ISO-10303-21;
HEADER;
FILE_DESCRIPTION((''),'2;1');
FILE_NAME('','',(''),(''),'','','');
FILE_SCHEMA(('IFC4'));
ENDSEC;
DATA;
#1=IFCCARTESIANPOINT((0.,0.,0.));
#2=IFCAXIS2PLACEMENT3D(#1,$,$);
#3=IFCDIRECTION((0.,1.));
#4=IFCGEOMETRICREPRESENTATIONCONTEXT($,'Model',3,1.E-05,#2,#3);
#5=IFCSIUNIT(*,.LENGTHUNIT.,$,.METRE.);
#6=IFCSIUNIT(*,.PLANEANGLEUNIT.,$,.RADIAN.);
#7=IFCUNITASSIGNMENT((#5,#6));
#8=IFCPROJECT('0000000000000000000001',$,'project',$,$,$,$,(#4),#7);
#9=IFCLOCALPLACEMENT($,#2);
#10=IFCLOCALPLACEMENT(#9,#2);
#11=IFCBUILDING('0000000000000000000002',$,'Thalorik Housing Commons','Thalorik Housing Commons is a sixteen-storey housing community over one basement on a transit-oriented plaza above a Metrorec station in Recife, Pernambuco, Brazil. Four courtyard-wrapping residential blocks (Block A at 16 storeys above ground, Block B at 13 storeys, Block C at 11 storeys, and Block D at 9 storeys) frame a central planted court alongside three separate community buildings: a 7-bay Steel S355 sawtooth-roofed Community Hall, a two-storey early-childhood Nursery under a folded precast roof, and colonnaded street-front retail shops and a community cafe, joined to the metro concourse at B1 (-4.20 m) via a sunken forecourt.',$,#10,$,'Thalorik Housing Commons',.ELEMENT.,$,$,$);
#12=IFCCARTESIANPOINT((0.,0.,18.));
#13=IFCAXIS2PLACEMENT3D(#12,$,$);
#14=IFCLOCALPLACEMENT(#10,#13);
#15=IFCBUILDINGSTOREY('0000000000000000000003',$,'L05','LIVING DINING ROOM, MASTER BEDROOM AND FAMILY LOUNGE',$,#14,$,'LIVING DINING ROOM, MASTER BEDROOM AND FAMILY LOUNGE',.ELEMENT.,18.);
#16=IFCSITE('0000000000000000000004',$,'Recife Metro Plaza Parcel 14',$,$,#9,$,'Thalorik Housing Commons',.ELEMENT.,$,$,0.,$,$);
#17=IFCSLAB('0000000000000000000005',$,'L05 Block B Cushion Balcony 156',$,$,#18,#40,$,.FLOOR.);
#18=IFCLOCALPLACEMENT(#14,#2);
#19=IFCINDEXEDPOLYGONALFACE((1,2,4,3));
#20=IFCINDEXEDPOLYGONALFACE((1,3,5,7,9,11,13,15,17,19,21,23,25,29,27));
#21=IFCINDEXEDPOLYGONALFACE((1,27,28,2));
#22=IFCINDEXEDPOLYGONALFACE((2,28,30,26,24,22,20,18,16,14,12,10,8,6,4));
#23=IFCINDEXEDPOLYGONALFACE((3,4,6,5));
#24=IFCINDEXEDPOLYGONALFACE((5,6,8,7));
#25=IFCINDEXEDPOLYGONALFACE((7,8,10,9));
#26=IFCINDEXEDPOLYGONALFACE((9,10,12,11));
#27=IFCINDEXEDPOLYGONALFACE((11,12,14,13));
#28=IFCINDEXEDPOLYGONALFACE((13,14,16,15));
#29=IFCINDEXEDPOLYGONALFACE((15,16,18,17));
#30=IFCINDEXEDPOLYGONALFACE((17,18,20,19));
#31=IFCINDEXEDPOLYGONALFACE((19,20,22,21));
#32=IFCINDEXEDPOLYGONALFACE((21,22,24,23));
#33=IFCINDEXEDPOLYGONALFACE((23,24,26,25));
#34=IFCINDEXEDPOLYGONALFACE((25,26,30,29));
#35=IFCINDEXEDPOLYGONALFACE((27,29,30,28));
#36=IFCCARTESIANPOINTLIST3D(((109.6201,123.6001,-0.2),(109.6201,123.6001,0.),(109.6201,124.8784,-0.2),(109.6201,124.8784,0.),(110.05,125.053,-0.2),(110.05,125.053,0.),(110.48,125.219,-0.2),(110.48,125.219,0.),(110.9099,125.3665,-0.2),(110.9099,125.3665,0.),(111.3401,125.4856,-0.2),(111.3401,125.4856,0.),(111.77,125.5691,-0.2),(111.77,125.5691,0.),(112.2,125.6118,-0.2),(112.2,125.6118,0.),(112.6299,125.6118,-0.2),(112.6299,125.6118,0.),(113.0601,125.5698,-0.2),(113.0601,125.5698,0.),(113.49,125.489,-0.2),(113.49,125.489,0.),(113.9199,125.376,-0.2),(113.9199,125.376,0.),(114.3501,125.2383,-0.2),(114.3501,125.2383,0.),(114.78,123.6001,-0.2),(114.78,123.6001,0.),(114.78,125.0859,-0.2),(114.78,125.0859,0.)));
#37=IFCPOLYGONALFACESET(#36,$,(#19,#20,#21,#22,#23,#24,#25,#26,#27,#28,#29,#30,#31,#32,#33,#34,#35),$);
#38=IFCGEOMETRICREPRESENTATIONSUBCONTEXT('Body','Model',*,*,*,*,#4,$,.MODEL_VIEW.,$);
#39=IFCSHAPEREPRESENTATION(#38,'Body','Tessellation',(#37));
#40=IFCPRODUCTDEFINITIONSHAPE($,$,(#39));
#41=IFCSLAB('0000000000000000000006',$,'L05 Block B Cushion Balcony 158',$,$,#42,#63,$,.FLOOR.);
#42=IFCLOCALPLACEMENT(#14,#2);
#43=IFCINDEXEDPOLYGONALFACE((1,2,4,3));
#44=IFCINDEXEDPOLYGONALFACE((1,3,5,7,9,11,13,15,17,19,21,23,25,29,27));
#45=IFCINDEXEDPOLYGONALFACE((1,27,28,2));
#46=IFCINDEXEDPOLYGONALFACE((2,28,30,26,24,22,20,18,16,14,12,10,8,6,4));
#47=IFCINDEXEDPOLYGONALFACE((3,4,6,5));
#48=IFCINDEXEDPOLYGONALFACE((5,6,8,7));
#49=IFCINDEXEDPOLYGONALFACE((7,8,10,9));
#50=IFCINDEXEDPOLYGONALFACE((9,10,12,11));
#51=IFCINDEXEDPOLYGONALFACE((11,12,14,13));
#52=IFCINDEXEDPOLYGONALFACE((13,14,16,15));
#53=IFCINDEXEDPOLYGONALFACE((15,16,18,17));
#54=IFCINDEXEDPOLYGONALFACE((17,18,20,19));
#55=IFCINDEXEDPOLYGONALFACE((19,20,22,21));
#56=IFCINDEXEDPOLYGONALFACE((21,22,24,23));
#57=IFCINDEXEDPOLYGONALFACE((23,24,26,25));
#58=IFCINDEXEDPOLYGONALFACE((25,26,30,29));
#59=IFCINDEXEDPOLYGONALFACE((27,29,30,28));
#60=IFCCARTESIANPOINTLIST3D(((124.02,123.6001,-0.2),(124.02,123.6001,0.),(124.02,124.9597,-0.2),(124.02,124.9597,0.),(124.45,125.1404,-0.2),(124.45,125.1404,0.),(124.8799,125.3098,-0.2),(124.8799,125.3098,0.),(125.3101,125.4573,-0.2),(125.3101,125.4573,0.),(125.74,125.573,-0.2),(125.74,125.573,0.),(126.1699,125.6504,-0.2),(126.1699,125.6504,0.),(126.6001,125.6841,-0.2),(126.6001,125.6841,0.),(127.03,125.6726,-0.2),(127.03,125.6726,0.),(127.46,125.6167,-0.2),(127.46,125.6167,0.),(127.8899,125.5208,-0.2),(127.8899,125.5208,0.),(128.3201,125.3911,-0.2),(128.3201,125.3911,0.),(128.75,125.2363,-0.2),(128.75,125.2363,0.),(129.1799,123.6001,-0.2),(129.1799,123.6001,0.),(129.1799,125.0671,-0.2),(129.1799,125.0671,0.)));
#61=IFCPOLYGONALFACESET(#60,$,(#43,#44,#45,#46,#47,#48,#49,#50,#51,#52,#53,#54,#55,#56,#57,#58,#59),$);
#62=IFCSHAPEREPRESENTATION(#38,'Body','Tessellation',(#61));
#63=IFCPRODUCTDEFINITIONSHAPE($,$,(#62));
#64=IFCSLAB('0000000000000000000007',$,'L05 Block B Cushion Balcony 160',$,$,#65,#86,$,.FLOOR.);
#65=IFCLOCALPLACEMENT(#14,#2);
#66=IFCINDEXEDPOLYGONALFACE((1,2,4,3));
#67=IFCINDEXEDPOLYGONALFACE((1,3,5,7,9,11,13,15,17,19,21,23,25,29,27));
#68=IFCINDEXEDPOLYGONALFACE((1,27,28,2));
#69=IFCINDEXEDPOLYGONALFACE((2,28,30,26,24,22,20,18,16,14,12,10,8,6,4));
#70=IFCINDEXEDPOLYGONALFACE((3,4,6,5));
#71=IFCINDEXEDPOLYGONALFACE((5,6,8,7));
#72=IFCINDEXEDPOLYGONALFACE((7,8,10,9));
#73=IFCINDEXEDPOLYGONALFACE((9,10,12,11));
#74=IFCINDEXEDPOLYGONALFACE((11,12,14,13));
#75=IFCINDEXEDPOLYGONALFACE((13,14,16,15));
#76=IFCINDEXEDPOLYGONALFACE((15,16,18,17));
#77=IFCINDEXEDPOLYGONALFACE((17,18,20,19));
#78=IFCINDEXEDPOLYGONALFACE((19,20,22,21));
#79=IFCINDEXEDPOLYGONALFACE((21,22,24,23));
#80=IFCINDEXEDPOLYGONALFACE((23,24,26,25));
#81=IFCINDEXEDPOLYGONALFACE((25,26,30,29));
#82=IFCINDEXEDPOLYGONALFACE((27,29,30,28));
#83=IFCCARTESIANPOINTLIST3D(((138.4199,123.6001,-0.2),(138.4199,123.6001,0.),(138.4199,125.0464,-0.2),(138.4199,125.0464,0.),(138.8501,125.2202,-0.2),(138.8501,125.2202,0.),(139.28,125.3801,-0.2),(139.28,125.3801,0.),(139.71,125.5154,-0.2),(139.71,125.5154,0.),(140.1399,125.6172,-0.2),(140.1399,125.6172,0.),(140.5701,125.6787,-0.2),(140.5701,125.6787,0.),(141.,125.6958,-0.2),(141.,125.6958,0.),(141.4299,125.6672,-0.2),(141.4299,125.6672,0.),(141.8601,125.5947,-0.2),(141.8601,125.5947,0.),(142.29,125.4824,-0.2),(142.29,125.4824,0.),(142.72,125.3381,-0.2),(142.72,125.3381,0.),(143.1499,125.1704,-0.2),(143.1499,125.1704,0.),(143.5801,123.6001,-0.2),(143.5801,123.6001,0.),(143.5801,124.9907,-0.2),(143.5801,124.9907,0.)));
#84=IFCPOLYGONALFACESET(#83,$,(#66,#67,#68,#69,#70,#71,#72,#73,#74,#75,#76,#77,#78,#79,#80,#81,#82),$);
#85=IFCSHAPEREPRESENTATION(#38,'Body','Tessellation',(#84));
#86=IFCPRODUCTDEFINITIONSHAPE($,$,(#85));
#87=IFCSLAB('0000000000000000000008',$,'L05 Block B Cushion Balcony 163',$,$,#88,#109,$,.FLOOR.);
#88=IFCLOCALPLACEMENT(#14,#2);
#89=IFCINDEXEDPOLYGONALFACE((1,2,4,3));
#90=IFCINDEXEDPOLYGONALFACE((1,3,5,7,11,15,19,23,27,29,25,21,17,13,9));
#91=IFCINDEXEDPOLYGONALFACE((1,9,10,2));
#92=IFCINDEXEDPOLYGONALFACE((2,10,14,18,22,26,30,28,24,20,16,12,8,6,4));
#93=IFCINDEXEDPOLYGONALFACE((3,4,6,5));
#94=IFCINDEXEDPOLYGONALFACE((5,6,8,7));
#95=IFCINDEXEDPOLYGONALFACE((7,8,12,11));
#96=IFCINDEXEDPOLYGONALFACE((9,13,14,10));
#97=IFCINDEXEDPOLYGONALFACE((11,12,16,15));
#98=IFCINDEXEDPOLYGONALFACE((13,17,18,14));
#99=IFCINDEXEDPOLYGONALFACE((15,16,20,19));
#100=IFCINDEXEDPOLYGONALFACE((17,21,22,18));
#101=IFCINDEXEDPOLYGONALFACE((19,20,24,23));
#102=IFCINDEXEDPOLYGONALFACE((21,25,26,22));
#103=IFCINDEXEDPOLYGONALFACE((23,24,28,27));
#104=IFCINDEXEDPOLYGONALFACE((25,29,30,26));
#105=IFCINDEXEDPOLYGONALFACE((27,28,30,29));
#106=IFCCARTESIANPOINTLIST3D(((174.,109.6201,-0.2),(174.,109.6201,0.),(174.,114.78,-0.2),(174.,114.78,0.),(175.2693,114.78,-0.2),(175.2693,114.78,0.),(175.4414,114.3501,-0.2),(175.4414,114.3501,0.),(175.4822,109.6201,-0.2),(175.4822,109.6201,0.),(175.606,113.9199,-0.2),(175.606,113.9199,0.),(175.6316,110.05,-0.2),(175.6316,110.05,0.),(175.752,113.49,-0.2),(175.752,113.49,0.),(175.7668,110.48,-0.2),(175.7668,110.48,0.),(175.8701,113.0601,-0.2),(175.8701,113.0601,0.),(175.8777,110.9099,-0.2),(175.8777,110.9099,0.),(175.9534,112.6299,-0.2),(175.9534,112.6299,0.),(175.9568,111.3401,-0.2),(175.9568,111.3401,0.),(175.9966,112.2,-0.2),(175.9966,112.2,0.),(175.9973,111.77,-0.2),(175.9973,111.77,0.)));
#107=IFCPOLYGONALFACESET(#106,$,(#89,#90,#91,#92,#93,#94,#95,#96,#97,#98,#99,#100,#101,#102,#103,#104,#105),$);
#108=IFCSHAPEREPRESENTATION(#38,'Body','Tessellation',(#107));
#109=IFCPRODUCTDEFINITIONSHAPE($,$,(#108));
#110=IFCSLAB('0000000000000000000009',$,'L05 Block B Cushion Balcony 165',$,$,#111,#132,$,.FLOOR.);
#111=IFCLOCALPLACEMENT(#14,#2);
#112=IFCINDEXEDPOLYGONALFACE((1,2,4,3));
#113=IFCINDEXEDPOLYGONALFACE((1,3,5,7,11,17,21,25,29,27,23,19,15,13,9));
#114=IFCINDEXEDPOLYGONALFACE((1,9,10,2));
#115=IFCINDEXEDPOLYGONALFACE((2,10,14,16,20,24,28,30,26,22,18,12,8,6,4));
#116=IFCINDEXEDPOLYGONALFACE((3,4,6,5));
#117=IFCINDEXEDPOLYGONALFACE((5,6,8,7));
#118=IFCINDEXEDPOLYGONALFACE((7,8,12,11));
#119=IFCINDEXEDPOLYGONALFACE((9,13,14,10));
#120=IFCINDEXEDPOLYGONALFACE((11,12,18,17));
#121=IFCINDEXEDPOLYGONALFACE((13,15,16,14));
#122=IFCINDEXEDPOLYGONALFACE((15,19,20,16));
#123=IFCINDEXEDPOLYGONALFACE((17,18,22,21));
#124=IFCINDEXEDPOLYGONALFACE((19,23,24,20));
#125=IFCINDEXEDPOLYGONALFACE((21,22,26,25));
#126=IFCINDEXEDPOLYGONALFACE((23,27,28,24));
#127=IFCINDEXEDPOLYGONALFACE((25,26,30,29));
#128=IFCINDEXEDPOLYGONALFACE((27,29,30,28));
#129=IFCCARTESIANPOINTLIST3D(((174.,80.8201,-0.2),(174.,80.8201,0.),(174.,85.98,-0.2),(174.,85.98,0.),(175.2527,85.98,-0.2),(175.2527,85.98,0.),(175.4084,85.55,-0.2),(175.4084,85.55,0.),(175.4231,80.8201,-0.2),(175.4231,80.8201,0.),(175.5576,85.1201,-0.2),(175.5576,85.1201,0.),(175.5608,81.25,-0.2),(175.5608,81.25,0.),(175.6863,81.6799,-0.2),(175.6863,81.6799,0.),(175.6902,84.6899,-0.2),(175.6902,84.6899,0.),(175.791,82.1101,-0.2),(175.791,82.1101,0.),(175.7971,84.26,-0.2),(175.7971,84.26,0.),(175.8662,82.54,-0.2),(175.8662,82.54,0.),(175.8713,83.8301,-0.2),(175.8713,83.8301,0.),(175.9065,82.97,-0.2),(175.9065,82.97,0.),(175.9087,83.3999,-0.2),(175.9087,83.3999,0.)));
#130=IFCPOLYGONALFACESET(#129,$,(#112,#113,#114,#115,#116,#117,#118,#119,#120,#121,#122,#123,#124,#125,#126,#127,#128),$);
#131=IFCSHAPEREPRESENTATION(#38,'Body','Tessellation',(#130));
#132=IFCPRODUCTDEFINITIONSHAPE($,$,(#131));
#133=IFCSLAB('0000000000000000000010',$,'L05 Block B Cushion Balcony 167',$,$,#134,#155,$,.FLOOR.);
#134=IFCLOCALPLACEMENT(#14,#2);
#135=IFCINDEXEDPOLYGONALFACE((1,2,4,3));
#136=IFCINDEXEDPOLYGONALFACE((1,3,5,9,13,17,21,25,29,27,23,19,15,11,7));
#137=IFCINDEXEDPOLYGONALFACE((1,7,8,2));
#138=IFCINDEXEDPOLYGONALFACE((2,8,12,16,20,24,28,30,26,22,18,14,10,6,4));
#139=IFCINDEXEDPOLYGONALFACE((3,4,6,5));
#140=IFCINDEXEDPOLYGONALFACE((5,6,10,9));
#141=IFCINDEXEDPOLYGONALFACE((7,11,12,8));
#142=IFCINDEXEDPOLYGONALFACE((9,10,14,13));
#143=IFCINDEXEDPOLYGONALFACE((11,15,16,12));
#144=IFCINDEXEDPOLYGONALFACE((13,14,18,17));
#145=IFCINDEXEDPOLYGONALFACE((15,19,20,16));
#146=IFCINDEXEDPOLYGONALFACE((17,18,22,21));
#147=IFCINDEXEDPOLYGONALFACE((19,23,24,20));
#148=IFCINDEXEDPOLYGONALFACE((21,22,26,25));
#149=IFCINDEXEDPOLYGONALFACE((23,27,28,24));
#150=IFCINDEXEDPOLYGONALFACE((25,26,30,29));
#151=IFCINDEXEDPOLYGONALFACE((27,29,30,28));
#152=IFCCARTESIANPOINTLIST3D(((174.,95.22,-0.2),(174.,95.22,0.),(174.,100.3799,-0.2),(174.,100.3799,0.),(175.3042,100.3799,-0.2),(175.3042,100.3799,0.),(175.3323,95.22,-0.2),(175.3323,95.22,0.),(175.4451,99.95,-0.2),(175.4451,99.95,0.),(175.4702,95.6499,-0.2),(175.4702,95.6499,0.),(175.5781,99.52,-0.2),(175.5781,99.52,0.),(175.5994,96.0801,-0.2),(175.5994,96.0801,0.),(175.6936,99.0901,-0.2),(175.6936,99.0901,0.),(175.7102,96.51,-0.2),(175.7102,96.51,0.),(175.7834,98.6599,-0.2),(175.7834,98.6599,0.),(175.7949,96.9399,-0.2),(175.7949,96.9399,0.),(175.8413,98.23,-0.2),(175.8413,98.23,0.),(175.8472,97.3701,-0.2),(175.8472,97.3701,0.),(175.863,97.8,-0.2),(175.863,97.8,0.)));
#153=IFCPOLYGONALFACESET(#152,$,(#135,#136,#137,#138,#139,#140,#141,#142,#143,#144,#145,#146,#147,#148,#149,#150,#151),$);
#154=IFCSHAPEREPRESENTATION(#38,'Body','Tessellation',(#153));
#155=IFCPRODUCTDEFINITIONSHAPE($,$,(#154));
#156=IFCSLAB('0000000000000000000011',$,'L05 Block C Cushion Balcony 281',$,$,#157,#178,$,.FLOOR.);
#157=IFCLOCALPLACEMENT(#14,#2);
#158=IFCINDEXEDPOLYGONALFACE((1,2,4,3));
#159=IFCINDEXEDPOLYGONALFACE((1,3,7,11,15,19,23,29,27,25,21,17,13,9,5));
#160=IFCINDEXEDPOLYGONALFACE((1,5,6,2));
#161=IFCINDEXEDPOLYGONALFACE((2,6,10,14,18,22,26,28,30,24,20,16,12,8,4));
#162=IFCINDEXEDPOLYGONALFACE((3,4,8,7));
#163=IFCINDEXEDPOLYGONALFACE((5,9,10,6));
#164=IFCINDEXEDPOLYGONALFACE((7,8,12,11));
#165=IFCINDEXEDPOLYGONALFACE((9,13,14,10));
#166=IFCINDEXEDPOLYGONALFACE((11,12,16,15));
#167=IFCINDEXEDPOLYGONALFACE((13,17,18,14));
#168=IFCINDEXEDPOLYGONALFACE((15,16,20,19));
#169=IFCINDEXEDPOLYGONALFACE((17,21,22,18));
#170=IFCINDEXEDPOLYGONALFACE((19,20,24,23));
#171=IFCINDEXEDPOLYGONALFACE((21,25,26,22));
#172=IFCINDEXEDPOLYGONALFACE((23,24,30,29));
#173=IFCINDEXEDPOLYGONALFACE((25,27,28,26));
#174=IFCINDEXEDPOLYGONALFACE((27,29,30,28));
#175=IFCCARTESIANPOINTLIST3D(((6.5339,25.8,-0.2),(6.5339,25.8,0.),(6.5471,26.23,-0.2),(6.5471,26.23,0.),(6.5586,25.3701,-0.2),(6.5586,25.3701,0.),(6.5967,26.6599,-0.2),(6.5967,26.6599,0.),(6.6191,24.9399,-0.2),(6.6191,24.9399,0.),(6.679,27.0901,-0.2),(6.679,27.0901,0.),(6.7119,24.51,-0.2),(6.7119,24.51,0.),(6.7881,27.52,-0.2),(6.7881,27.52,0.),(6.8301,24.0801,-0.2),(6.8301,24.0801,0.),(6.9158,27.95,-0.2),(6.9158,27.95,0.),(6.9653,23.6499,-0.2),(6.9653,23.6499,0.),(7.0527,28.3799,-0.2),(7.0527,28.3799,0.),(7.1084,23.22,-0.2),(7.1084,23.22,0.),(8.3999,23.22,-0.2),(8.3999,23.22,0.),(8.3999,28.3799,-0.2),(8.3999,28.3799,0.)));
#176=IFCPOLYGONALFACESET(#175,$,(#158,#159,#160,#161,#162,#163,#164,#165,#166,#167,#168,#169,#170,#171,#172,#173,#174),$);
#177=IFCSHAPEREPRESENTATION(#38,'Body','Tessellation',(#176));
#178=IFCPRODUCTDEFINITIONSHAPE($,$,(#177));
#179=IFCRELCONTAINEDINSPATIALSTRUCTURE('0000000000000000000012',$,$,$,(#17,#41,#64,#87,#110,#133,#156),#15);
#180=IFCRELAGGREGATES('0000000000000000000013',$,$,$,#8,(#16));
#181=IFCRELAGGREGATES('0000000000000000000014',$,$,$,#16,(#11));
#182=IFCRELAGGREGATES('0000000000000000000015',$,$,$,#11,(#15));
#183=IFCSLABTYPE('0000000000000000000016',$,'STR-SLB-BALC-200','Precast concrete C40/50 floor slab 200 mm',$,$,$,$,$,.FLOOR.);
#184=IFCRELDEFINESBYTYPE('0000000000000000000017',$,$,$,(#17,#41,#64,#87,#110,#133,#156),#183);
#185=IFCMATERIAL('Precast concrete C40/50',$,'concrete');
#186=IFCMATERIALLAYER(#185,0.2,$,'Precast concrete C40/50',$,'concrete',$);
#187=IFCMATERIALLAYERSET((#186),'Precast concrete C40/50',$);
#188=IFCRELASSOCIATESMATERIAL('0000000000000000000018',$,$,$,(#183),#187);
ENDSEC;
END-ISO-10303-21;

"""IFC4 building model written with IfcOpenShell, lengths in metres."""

from ifc_helpers import new_model, si_unit, direction, frame, origin, place, context, subcontext, project, spatial, polyline, outline, extrude, material, layer, layer_set, type_object, element, save


model = new_model("IFC4")

# Units and contexts
model_context = context("Model", 3, precision=1e-05, world=origin(), true_north=direction((0.0, 1.0)))
body_context = subcontext(model_context, "Body", "Model", "MODEL_VIEW")
ifc_project = project(units=[si_unit("LENGTHUNIT", "METRE"), si_unit("PLANEANGLEUNIT", "RADIAN")], contexts=[model_context])

# Site, building, storey
site_placement = place(None, origin())
site = spatial("IfcSite", under=ifc_project, at=site_placement, Name="Recife Metro Plaza Parcel 14", LongName="Thalorik Housing Commons", CompositionType="ELEMENT", RefElevation=0.0)
building_placement = place(site_placement, origin())
building = spatial("IfcBuilding", under=site, at=building_placement, Name="Thalorik Housing Commons", Description="Thalorik Housing Commons is a sixteen-storey housing community over one basement on a transit-oriented plaza above a Metrorec station in Recife, Pernambuco, Brazil. Four courtyard-wrapping residential blocks (Block A at 16 storeys above ground, Block B at 13 storeys, Block C at 11 storeys, and Block D at 9 storeys) frame a central planted court alongside three separate community buildings: a 7-bay Steel S355 sawtooth-roofed Community Hall, a two-storey early-childhood Nursery under a folded precast roof, and colonnaded street-front retail shops and a community cafe, joined to the metro concourse at B1 (-4.20 m) via a sunken forecourt.", LongName="Thalorik Housing Commons", CompositionType="ELEMENT")
storey_placement = place(building_placement, frame((0.0, 0.0, 18.0)))
storey = spatial("IfcBuildingStorey", under=building, at=storey_placement, Name="L05", Description="LIVING DINING ROOM, MASTER BEDROOM AND FAMILY LOUNGE", LongName="LIVING DINING ROOM, MASTER BEDROOM AND FAMILY LOUNGE", CompositionType="ELEMENT", Elevation=18.0)

# Slabs
ifc_material_1 = material(Name="Precast concrete C40/50", Category="concrete")
ifc_layer_1 = layer(ifc_material_1, 0.2, Name="Precast concrete C40/50", Category="concrete")
ifc_layer_set_1 = layer_set([ifc_layer_1], Name="Precast concrete C40/50")
slab_type_1 = type_object("IfcSlabType", Name="STR-SLB-BALC-200", Description="Precast concrete C40/50 floor slab 200 mm", PredefinedType="FLOOR", material=ifc_layer_set_1)
slab_1_placement = place(storey_placement, frame((0.0, 0.0, -0.2)))
element("IfcSlab", 1, at=slab_1_placement, inside=storey, type_object=slab_type_1, Name="L05 Block B Cushion Balcony 156", PredefinedType="FLOOR", context=body_context, shape_type="SweptSolid", body=[
    extrude(outline(polyline([(109.6201, 123.6001), (114.78, 123.6001), (114.78, 125.0859), (114.3501, 125.2383), (113.9199, 125.376), (113.49, 125.489), (113.0601, 125.5698), (112.6299, 125.6118), (112.2, 125.6118), (111.77, 125.5691), (111.3401, 125.4856), (110.9099, 125.3665), (110.48, 125.219), (110.05, 125.053), (109.6201, 124.8784), (109.6201, 123.6001)])), origin(), (0.0, 0.0, 1.0), 0.2),
])
slab_2_placement = place(storey_placement, frame((0.0, 0.0, -0.2)))
element("IfcSlab", 2, at=slab_2_placement, inside=storey, type_object=slab_type_1, Name="L05 Block B Cushion Balcony 158", PredefinedType="FLOOR", context=body_context, shape_type="SweptSolid", body=[
    extrude(outline(polyline([(124.02, 123.6001), (129.1799, 123.6001), (129.1799, 125.0671), (128.75, 125.2363), (128.3201, 125.3911), (127.8899, 125.5208), (127.46, 125.6167), (127.03, 125.6726), (126.6001, 125.6841), (126.1699, 125.6504), (125.74, 125.573), (125.3101, 125.4573), (124.8799, 125.3098), (124.45, 125.1404), (124.02, 124.9597), (124.02, 123.6001)])), origin(), (0.0, 0.0, 1.0), 0.2),
])
slab_3_placement = place(storey_placement, frame((0.0, 0.0, -0.2)))
element("IfcSlab", 3, at=slab_3_placement, inside=storey, type_object=slab_type_1, Name="L05 Block B Cushion Balcony 160", PredefinedType="FLOOR", context=body_context, shape_type="SweptSolid", body=[
    extrude(outline(polyline([(138.4199, 123.6001), (143.5801, 123.6001), (143.5801, 124.9907), (143.1499, 125.1704), (142.72, 125.3381), (142.29, 125.4824), (141.8601, 125.5947), (141.4299, 125.6672), (141.0, 125.6958), (140.5701, 125.6787), (140.1399, 125.6172), (139.71, 125.5154), (139.28, 125.3801), (138.8501, 125.2202), (138.4199, 125.0464), (138.4199, 123.6001)])), origin(), (0.0, 0.0, 1.0), 0.2),
])
slab_4_placement = place(storey_placement, frame((0.0, 0.0, -0.2)))
element("IfcSlab", 4, at=slab_4_placement, inside=storey, type_object=slab_type_1, Name="L05 Block B Cushion Balcony 163", PredefinedType="FLOOR", context=body_context, shape_type="SweptSolid", body=[
    extrude(outline(polyline([(175.4822, 109.6201), (175.6316, 110.05), (175.7668, 110.48), (175.8777, 110.9099), (175.9568, 111.3401), (175.9973, 111.77), (175.9966, 112.2), (175.9534, 112.6299), (175.8701, 113.0601), (175.752, 113.49), (175.606, 113.9199), (175.4414, 114.3501), (175.2693, 114.78), (174.0, 114.78), (174.0, 109.6201), (175.4822, 109.6201)])), origin(), (0.0, 0.0, 1.0), 0.2),
])
slab_5_placement = place(storey_placement, frame((0.0, 0.0, -0.2)))
element("IfcSlab", 5, at=slab_5_placement, inside=storey, type_object=slab_type_1, Name="L05 Block B Cushion Balcony 165", PredefinedType="FLOOR", context=body_context, shape_type="SweptSolid", body=[
    extrude(outline(polyline([(175.4231, 80.8201), (175.5608, 81.25), (175.6863, 81.6799), (175.791, 82.1101), (175.8662, 82.54), (175.9065, 82.97), (175.9087, 83.3999), (175.8713, 83.8301), (175.7971, 84.26), (175.6902, 84.6899), (175.5576, 85.1201), (175.4084, 85.55), (175.2527, 85.98), (174.0, 85.98), (174.0, 80.8201), (175.4231, 80.8201)])), origin(), (0.0, 0.0, 1.0), 0.2),
])
slab_6_placement = place(storey_placement, frame((0.0, 0.0, -0.2)))
element("IfcSlab", 6, at=slab_6_placement, inside=storey, type_object=slab_type_1, Name="L05 Block B Cushion Balcony 167", PredefinedType="FLOOR", context=body_context, shape_type="SweptSolid", body=[
    extrude(outline(polyline([(175.3323, 95.22), (175.4702, 95.6499), (175.5994, 96.0801), (175.7102, 96.51), (175.7949, 96.9399), (175.8472, 97.3701), (175.863, 97.8), (175.8413, 98.23), (175.7834, 98.6599), (175.6936, 99.0901), (175.5781, 99.52), (175.4451, 99.95), (175.3042, 100.3799), (174.0, 100.3799), (174.0, 95.22), (175.3323, 95.22)])), origin(), (0.0, 0.0, 1.0), 0.2),
])
slab_7_placement = place(storey_placement, frame((0.0, 0.0, -0.2)))
element("IfcSlab", 7, at=slab_7_placement, inside=storey, type_object=slab_type_1, Name="L05 Block C Cushion Balcony 281", PredefinedType="FLOOR", context=body_context, shape_type="SweptSolid", body=[
    extrude(outline(polyline([(8.3999, 23.22), (8.3999, 28.3799), (7.0527, 28.3799), (6.9158, 27.95), (6.7881, 27.52), (6.679, 27.0901), (6.5967, 26.6599), (6.5471, 26.23), (6.5339, 25.8), (6.5586, 25.3701), (6.6191, 24.9399), (6.7119, 24.51), (6.8301, 24.0801), (6.9653, 23.6499), (7.1084, 23.22), (8.3999, 23.22)])), origin(), (0.0, 0.0, 1.0), 0.2),
])

save(model, "model.ifc")
